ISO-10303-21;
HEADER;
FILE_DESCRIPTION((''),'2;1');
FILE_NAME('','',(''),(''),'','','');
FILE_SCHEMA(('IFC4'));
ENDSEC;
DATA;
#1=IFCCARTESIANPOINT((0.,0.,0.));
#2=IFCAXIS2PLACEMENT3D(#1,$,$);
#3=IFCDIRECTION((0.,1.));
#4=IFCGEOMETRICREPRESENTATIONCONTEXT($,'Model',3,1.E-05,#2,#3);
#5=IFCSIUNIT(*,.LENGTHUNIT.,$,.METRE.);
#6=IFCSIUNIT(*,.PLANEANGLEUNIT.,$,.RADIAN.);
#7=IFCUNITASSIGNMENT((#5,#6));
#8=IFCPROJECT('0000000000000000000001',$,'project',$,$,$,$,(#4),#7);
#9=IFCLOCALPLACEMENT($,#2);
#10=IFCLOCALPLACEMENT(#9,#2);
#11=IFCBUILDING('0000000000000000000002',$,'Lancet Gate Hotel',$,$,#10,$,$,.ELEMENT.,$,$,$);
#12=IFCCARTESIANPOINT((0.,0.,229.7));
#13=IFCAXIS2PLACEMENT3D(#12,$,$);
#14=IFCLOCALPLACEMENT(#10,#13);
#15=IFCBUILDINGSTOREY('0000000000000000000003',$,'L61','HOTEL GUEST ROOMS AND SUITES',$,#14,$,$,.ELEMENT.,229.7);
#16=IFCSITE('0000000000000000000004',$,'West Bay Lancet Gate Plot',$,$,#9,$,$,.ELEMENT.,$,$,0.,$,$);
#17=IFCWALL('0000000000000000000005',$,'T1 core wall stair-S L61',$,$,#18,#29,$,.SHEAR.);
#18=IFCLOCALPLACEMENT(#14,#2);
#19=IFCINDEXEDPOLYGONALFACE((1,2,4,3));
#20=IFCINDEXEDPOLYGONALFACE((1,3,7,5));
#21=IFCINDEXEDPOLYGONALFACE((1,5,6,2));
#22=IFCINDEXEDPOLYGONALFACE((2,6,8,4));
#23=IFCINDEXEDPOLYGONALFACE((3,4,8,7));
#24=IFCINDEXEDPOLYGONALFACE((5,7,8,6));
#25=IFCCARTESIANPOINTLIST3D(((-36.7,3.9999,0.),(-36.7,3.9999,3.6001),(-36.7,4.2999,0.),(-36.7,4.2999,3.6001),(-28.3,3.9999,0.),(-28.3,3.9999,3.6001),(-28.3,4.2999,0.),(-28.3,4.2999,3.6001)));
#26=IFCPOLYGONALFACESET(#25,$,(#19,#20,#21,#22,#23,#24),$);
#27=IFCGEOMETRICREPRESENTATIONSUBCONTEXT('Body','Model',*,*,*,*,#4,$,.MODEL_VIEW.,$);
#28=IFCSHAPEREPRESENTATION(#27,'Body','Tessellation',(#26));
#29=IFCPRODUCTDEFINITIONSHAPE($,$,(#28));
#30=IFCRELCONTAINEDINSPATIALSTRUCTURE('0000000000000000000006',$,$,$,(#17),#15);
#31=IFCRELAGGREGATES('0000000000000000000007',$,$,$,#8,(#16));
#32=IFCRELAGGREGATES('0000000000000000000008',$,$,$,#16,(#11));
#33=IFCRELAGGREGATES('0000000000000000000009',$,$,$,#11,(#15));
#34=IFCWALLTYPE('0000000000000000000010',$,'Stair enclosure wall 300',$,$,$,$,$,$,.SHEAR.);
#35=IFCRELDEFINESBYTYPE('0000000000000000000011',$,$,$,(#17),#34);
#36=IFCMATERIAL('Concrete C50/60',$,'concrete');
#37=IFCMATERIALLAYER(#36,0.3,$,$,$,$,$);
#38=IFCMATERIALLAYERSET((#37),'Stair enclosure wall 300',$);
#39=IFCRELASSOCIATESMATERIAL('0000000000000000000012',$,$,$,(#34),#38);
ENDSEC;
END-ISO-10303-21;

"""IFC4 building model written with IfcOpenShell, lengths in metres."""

from ifc_helpers import new_model, si_unit, direction, frame, frame_2d, origin, place, context, subcontext, project, spatial, rectangle, extrude, material, layer, layer_set, type_object, element, save


model = new_model("IFC4")

# Units and contexts
model_context = context("Model", 3, precision=1e-05, world=origin(), true_north=direction((0.0, 1.0)))
body_context = subcontext(model_context, "Body", "Model", "MODEL_VIEW")
ifc_project = project(units=[si_unit("LENGTHUNIT", "METRE"), si_unit("PLANEANGLEUNIT", "RADIAN")], contexts=[model_context])

# Site, building, storey
site_placement = place(None, origin())
site = spatial("IfcSite", under=ifc_project, at=site_placement, Name="West Bay Lancet Gate Plot", CompositionType="ELEMENT", RefElevation=0.0)
building_placement = place(site_placement, origin())
building = spatial("IfcBuilding", under=site, at=building_placement, Name="Lancet Gate Hotel", CompositionType="ELEMENT")
storey_placement = place(building_placement, frame((0.0, 0.0, 229.7)))
storey = spatial("IfcBuildingStorey", under=building, at=storey_placement, Name="L61", Description="HOTEL GUEST ROOMS AND SUITES", CompositionType="ELEMENT", Elevation=229.7)

# Wall
ifc_material_1 = material(Name="Concrete C50/60", Category="concrete")
ifc_layer_1 = layer(ifc_material_1, 0.3)
ifc_layer_set_1 = layer_set([ifc_layer_1], Name="Stair enclosure wall 300")
wall_type_1 = type_object("IfcWallType", Name="Stair enclosure wall 300", PredefinedType="SHEAR", material=ifc_layer_set_1)
wall_1_placement = place(storey_placement, frame((-28.3, 4.1499, 0.0), z_axis=(0.0, 0.0, 1.0), x_axis=(-1.0, 0.0, 0.0)))
element("IfcWall", 1, at=wall_1_placement, inside=storey, type_object=wall_type_1, Name="T1 core wall stair-S L61", PredefinedType="SHEAR", context=body_context, shape_type="SweptSolid", body=[
    extrude(rectangle(XDim=8.3999, YDim=0.3, at=frame_2d((4.2, 0.0))), origin(), (0.0, 0.0, 1.0), 3.6001),
])

save(model, "model.ifc")
